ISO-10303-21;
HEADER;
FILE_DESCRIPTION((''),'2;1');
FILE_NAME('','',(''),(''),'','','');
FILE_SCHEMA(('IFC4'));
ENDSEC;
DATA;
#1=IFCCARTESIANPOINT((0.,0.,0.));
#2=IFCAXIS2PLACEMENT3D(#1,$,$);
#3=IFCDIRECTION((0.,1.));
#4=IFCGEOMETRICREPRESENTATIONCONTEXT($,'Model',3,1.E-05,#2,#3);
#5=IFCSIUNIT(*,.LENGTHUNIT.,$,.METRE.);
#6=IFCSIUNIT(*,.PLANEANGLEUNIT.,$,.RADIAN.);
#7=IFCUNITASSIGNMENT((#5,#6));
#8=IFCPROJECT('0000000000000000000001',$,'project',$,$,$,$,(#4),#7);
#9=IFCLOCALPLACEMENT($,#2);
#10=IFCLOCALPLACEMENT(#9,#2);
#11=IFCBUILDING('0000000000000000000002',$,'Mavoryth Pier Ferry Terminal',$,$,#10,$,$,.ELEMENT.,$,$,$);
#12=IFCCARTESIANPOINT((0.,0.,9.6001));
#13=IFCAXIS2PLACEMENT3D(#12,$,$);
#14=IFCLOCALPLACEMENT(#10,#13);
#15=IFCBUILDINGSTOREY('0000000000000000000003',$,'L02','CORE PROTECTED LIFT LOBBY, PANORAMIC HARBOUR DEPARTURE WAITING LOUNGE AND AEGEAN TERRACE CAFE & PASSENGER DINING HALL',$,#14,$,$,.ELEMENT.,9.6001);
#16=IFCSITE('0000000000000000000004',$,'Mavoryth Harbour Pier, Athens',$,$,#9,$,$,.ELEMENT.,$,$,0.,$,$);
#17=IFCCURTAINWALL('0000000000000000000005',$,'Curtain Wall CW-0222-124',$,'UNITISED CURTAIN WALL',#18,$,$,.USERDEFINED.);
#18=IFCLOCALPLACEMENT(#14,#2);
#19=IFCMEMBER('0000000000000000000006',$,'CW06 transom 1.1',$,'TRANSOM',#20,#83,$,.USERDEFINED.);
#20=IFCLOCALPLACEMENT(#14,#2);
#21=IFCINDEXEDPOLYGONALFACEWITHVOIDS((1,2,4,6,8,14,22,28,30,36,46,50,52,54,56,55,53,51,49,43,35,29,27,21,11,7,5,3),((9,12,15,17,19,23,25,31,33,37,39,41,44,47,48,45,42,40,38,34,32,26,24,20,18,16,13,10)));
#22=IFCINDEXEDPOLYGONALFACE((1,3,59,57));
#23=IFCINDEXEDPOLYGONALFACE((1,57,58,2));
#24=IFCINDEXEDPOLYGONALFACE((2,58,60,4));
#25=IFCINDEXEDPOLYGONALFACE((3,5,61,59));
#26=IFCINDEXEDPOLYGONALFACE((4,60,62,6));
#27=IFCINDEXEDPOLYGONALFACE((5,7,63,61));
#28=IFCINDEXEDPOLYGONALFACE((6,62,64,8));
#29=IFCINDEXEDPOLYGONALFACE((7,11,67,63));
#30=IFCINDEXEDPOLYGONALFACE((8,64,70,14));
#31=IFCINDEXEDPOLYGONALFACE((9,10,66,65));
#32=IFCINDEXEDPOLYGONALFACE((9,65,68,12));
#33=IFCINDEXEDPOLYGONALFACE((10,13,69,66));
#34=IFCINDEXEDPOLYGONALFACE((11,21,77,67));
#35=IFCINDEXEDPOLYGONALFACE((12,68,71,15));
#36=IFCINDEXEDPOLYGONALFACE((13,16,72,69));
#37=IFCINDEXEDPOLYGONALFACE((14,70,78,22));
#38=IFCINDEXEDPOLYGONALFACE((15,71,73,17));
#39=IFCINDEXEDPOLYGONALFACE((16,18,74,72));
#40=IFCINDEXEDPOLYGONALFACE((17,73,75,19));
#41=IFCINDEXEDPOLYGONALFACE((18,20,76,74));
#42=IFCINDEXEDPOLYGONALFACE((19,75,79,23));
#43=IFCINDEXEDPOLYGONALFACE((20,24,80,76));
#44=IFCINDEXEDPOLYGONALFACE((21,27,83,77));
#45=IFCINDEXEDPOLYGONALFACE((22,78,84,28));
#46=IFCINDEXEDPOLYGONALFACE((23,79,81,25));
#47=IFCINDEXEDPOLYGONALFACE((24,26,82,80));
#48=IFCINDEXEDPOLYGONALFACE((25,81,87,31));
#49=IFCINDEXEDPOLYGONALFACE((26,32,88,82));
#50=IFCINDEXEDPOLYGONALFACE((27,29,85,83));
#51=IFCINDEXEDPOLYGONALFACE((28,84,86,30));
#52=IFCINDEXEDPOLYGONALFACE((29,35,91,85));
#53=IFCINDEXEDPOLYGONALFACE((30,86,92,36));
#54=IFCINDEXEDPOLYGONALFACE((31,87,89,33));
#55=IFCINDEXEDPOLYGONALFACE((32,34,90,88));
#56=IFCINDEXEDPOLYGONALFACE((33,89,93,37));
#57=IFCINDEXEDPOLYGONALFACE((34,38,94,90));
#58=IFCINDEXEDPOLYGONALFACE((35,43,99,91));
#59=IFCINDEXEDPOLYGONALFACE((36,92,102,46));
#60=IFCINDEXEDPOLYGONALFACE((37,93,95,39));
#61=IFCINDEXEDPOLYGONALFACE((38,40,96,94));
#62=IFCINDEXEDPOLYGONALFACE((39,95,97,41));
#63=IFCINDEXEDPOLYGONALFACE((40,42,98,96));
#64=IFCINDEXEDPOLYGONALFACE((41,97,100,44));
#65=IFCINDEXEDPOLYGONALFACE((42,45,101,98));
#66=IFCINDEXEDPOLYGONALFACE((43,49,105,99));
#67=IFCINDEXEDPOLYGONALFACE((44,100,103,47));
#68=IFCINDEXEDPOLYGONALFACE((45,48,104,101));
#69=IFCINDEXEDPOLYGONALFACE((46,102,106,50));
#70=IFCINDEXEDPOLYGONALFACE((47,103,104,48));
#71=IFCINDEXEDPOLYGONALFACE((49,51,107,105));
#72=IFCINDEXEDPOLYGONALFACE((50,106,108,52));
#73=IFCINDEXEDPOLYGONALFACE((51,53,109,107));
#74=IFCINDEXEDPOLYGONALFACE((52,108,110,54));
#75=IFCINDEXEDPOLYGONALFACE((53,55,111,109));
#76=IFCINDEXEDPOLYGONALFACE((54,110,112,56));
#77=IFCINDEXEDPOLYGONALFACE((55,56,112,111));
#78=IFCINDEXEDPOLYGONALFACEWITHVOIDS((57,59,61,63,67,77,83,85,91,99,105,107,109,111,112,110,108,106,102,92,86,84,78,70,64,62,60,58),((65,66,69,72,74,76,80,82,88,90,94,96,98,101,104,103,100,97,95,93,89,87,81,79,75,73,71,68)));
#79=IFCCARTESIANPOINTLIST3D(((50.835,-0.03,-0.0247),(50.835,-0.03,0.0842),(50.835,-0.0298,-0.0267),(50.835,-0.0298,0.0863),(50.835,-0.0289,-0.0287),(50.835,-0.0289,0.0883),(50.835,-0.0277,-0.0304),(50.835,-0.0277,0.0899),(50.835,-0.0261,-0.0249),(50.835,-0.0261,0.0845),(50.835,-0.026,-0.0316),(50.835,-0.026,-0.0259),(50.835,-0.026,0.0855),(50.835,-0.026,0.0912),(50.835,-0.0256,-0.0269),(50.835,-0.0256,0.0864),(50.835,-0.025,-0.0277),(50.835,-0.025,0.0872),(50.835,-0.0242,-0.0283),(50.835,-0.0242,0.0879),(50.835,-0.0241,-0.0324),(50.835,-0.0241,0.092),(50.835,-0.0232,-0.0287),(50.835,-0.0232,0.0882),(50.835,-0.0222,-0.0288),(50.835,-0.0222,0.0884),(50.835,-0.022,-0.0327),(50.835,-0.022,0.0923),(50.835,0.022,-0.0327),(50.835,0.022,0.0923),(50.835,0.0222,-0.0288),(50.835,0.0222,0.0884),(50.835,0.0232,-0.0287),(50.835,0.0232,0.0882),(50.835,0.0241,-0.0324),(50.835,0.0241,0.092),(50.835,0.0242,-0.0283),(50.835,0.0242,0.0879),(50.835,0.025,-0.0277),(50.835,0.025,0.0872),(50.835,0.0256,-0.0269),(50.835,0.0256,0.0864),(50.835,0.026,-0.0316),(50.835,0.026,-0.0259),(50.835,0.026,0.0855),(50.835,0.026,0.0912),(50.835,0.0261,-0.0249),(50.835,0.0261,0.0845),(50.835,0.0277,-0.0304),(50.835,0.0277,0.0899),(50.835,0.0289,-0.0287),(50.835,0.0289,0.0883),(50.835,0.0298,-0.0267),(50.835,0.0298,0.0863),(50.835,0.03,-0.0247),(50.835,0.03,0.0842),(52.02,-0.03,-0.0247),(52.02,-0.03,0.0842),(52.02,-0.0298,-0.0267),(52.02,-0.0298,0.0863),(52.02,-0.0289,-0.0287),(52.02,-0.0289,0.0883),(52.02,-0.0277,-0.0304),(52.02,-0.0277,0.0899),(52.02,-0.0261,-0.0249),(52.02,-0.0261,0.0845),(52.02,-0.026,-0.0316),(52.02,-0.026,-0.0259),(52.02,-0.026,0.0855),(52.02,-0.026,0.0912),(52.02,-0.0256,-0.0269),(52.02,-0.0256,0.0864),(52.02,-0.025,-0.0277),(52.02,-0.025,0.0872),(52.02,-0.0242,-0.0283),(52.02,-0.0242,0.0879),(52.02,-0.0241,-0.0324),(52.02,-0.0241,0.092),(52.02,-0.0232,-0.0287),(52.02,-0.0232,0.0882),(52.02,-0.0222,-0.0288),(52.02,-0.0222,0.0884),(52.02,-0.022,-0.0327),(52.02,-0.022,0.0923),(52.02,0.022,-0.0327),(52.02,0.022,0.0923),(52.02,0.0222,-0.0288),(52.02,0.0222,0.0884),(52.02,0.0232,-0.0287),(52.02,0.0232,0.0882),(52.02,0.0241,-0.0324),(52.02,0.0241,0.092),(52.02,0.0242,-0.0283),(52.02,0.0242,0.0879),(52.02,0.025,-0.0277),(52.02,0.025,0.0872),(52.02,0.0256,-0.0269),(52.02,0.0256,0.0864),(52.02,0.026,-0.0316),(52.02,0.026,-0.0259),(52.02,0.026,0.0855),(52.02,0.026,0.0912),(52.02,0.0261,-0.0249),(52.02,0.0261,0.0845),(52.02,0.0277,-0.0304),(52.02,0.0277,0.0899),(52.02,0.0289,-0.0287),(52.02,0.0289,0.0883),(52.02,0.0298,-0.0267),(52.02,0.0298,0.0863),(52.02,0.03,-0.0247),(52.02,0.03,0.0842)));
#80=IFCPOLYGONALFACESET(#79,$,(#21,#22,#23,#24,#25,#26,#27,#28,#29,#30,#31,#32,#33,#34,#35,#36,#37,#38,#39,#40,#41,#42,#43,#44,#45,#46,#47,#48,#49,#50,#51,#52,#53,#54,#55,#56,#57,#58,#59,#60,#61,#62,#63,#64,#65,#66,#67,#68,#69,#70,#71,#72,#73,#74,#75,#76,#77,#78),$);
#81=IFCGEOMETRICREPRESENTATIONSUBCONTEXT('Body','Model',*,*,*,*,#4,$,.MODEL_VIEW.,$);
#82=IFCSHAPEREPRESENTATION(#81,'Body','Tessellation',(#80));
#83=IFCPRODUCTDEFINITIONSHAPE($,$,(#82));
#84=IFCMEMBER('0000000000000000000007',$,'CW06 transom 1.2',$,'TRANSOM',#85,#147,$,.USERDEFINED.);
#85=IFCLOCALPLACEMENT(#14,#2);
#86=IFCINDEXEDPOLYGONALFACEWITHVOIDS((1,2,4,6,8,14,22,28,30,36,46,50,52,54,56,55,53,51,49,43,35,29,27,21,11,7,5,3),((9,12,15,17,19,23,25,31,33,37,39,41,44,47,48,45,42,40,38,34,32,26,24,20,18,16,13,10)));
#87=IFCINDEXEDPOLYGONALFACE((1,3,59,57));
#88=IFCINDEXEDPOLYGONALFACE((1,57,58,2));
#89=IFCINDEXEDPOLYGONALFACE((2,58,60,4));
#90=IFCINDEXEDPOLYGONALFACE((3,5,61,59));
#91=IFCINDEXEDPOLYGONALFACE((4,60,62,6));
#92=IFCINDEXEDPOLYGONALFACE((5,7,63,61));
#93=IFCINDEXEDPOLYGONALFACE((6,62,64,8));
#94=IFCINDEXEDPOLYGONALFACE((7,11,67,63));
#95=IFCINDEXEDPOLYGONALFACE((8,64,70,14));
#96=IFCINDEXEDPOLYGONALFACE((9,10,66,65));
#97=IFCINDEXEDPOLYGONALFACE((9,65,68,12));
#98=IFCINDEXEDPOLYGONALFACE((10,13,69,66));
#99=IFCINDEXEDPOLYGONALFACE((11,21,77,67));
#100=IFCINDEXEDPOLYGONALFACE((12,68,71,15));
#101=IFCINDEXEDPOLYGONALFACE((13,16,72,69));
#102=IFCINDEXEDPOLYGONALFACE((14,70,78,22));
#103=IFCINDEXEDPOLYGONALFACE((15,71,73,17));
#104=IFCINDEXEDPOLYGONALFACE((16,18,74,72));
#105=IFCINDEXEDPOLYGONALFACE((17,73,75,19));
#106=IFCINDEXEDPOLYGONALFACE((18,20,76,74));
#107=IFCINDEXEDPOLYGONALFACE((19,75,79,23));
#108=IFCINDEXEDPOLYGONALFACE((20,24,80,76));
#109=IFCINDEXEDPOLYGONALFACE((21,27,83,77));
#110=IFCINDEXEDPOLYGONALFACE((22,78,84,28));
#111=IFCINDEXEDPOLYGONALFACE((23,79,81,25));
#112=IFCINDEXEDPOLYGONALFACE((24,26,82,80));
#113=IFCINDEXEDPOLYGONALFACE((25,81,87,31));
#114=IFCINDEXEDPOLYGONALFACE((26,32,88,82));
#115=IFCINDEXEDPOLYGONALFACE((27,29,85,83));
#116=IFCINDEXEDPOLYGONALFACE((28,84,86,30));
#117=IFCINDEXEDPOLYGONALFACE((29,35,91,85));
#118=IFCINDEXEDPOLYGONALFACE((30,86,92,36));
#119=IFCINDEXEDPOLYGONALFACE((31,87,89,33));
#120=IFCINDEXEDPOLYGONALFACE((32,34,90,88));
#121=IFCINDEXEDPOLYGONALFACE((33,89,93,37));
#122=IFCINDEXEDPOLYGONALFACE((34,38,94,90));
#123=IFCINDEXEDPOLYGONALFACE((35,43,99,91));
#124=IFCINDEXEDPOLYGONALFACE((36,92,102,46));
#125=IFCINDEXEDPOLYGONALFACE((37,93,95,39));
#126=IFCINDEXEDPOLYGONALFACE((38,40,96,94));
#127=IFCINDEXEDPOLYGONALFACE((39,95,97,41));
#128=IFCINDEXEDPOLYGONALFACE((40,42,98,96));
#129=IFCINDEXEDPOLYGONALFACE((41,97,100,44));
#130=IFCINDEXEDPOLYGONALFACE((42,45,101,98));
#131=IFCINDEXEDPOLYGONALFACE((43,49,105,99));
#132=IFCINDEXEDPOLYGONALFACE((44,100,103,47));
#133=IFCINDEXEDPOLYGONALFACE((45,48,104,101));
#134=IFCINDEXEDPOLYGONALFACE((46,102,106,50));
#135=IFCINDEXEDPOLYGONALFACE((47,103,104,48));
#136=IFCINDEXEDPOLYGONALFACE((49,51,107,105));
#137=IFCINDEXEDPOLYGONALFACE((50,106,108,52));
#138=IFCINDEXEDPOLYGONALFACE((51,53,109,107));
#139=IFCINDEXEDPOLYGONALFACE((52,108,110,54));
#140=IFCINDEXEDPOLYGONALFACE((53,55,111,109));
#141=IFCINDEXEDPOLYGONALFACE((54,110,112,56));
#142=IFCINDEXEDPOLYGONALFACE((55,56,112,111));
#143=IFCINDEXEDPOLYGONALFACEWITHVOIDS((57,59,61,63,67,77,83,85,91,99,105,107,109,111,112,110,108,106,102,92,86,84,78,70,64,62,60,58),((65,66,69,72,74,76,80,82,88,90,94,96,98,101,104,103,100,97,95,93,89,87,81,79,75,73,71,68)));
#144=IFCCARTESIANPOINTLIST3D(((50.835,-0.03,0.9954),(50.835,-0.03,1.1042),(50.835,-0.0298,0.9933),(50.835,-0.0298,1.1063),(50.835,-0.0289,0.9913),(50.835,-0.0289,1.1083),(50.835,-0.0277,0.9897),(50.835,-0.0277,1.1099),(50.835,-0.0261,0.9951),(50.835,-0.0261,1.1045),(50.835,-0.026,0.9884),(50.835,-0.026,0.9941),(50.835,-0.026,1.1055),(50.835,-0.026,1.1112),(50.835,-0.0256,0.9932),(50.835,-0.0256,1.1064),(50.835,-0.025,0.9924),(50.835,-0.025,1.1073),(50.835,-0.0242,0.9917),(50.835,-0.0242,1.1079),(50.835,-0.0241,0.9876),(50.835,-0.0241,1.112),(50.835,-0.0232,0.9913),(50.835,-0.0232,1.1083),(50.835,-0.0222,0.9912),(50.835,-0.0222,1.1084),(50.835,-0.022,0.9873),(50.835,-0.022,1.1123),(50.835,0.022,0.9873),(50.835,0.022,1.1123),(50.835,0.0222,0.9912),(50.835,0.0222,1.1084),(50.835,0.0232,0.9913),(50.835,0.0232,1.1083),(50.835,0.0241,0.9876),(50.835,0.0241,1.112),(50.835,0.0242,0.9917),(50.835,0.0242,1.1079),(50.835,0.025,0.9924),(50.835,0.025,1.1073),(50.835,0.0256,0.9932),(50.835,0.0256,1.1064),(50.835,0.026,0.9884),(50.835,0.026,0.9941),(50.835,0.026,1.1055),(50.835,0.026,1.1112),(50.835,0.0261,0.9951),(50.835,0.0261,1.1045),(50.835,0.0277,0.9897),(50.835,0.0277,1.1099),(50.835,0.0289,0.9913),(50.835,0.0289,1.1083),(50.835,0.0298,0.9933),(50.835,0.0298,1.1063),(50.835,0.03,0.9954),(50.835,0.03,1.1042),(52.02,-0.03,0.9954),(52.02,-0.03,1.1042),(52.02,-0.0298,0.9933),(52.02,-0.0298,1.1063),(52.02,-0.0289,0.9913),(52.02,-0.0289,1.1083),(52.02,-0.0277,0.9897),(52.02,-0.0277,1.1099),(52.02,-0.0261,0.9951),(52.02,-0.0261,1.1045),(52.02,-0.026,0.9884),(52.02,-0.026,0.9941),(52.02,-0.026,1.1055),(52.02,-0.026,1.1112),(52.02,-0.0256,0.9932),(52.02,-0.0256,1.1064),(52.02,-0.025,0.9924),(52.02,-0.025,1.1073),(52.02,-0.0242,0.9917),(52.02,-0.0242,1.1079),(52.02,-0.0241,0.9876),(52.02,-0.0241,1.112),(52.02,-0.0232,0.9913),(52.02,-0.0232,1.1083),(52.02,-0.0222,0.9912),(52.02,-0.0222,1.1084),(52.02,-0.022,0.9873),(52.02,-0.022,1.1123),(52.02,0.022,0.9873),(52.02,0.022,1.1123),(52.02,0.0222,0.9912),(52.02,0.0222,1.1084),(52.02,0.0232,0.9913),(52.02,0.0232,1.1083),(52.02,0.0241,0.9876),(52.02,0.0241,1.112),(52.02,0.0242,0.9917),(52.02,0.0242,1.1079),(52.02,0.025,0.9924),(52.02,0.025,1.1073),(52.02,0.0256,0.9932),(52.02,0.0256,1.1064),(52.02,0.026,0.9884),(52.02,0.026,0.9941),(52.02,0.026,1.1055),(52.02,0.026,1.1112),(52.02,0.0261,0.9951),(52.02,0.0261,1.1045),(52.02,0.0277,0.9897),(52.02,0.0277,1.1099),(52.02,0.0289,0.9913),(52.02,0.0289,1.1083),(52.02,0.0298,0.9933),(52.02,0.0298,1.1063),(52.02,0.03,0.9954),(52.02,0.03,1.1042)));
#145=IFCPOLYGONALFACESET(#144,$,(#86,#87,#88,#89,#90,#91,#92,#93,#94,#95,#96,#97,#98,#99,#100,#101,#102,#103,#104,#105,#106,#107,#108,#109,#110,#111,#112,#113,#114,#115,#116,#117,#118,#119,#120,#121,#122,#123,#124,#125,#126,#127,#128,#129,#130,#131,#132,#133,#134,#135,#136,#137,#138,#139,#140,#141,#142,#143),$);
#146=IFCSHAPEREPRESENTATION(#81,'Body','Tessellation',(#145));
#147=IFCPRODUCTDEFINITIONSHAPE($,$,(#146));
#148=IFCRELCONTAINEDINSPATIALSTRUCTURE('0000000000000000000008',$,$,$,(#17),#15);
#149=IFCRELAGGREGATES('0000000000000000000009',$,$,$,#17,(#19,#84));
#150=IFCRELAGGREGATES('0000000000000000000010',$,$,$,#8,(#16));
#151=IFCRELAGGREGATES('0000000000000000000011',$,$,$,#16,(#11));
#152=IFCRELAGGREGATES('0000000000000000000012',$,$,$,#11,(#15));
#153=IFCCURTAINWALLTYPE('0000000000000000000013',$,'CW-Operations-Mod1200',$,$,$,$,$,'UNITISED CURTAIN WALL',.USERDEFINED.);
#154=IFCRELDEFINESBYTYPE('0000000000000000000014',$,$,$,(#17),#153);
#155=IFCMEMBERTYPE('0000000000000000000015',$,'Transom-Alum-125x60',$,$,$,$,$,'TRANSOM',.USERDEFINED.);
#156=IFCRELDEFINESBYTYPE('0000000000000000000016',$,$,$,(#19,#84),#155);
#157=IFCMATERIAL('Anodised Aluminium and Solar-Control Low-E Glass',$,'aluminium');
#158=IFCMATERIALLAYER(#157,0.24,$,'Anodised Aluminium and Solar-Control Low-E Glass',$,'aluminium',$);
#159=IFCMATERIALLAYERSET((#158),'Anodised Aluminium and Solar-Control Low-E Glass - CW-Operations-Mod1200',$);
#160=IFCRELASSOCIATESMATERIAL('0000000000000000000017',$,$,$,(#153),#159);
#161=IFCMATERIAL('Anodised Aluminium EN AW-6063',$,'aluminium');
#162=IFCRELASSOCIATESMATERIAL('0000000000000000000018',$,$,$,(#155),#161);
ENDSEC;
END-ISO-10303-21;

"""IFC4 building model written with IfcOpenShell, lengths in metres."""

from ifc_helpers import new_model, si_unit, direction, frame, origin, origin_2d, place, context, subcontext, project, spatial, hollow_rectangle, extrude, material, layer, layer_set, material_profile, profile_set, type_object, element, aggregate, save


model = new_model("IFC4")

# Units and contexts
model_context = context("Model", 3, precision=1e-05, world=origin(), true_north=direction((0.0, 1.0)))
body_context = subcontext(model_context, "Body", "Model", "MODEL_VIEW")
ifc_project = project(units=[si_unit("LENGTHUNIT", "METRE"), si_unit("PLANEANGLEUNIT", "RADIAN")], contexts=[model_context])

# Site, building, storey
site_placement = place(None, origin())
site = spatial("IfcSite", under=ifc_project, at=site_placement, Name="Mavoryth Harbour Pier, Athens", CompositionType="ELEMENT", RefElevation=0.0)
building_placement = place(site_placement, origin())
building = spatial("IfcBuilding", under=site, at=building_placement, Name="Mavoryth Pier Ferry Terminal", CompositionType="ELEMENT")
storey_placement = place(building_placement, frame((0.0, 0.0, 9.6001)))
storey = spatial("IfcBuildingStorey", under=building, at=storey_placement, Name="L02", Description="CORE PROTECTED LIFT LOBBY, PANORAMIC HARBOUR DEPARTURE WAITING LOUNGE AND AEGEAN TERRACE CAFE & PASSENGER DINING HALL", CompositionType="ELEMENT", Elevation=9.6001)

# Curtain wall
ifc_material_1 = material(Name="Anodised Aluminium and Solar-Control Low-E Glass", Category="aluminium")
ifc_layer_1 = layer(ifc_material_1, 0.24, Name="Anodised Aluminium and Solar-Control Low-E Glass", Category="aluminium")
ifc_layer_set_1 = layer_set([ifc_layer_1], Name="Anodised Aluminium and Solar-Control Low-E Glass - CW-Operations-Mod1200")
curtain_wall_type = type_object("IfcCurtainWallType", Name="CW-Operations-Mod1200", ElementType="UNITISED CURTAIN WALL", PredefinedType="USERDEFINED", material=ifc_layer_set_1)
curtain_wall_placement = place(storey_placement, origin())
curtain_wall = element("IfcCurtainWall", 1, at=curtain_wall_placement, inside=storey, type_object=curtain_wall_type, Name="Curtain Wall CW-0222-124", ObjectType="UNITISED CURTAIN WALL", PredefinedType="USERDEFINED")
ifc_material_2 = material(Name="Anodised Aluminium EN AW-6063", Category="aluminium")

# Members
ifc_material_profile_1 = material_profile(ifc_material_2, hollow_rectangle(XDim=0.0601, YDim=0.125, WallThickness=0.0039, InnerFilletRadius=0.0039, OuterFilletRadius=0.0081, at=origin_2d()), Name="AL-TRAN 125x60x4", Category="aluminium")
ifc_profile_set_1 = profile_set([ifc_material_profile_1], Name="Anodised Aluminium EN AW-6063 - AL-TRAN 125x60x4")
member_type_1 = type_object("IfcMemberType", Name="Transom-Alum-125x60", ElementType="TRANSOM", PredefinedType="USERDEFINED", material=ifc_profile_set_1)
member_1_placement = place(storey_placement, frame((50.835, 0.0, 0.0298), z_axis=(1.0, 0.0, 0.0), x_axis=(0.0, 1.0, 0.0)))
member_1 = element("IfcMember", 2, at=member_1_placement, type_object=member_type_1, Name="CW06 transom 1.1", ObjectType="TRANSOM", PredefinedType="USERDEFINED", context=body_context, shape_type="SweptSolid", body=[
    extrude(hollow_rectangle(XDim=0.0601, YDim=0.125, WallThickness=0.0039, InnerFilletRadius=0.0039, OuterFilletRadius=0.0081, at=origin_2d()), origin(), (0.0, 0.0, 1.0), 1.1851),
])
member_2_placement = place(storey_placement, frame((50.835, 0.0, 1.0498), z_axis=(1.0, 0.0, 0.0), x_axis=(0.0, 1.0, 0.0)))
member_2 = element("IfcMember", 3, at=member_2_placement, type_object=member_type_1, Name="CW06 transom 1.2", ObjectType="TRANSOM", PredefinedType="USERDEFINED", context=body_context, shape_type="SweptSolid", body=[
    extrude(hollow_rectangle(XDim=0.0601, YDim=0.125, WallThickness=0.0039, InnerFilletRadius=0.0039, OuterFilletRadius=0.0081, at=origin_2d()), origin(), (0.0, 0.0, 1.0), 1.1851),
])

aggregate(curtain_wall, [member_1, member_2])

save(model, "model.ifc")
